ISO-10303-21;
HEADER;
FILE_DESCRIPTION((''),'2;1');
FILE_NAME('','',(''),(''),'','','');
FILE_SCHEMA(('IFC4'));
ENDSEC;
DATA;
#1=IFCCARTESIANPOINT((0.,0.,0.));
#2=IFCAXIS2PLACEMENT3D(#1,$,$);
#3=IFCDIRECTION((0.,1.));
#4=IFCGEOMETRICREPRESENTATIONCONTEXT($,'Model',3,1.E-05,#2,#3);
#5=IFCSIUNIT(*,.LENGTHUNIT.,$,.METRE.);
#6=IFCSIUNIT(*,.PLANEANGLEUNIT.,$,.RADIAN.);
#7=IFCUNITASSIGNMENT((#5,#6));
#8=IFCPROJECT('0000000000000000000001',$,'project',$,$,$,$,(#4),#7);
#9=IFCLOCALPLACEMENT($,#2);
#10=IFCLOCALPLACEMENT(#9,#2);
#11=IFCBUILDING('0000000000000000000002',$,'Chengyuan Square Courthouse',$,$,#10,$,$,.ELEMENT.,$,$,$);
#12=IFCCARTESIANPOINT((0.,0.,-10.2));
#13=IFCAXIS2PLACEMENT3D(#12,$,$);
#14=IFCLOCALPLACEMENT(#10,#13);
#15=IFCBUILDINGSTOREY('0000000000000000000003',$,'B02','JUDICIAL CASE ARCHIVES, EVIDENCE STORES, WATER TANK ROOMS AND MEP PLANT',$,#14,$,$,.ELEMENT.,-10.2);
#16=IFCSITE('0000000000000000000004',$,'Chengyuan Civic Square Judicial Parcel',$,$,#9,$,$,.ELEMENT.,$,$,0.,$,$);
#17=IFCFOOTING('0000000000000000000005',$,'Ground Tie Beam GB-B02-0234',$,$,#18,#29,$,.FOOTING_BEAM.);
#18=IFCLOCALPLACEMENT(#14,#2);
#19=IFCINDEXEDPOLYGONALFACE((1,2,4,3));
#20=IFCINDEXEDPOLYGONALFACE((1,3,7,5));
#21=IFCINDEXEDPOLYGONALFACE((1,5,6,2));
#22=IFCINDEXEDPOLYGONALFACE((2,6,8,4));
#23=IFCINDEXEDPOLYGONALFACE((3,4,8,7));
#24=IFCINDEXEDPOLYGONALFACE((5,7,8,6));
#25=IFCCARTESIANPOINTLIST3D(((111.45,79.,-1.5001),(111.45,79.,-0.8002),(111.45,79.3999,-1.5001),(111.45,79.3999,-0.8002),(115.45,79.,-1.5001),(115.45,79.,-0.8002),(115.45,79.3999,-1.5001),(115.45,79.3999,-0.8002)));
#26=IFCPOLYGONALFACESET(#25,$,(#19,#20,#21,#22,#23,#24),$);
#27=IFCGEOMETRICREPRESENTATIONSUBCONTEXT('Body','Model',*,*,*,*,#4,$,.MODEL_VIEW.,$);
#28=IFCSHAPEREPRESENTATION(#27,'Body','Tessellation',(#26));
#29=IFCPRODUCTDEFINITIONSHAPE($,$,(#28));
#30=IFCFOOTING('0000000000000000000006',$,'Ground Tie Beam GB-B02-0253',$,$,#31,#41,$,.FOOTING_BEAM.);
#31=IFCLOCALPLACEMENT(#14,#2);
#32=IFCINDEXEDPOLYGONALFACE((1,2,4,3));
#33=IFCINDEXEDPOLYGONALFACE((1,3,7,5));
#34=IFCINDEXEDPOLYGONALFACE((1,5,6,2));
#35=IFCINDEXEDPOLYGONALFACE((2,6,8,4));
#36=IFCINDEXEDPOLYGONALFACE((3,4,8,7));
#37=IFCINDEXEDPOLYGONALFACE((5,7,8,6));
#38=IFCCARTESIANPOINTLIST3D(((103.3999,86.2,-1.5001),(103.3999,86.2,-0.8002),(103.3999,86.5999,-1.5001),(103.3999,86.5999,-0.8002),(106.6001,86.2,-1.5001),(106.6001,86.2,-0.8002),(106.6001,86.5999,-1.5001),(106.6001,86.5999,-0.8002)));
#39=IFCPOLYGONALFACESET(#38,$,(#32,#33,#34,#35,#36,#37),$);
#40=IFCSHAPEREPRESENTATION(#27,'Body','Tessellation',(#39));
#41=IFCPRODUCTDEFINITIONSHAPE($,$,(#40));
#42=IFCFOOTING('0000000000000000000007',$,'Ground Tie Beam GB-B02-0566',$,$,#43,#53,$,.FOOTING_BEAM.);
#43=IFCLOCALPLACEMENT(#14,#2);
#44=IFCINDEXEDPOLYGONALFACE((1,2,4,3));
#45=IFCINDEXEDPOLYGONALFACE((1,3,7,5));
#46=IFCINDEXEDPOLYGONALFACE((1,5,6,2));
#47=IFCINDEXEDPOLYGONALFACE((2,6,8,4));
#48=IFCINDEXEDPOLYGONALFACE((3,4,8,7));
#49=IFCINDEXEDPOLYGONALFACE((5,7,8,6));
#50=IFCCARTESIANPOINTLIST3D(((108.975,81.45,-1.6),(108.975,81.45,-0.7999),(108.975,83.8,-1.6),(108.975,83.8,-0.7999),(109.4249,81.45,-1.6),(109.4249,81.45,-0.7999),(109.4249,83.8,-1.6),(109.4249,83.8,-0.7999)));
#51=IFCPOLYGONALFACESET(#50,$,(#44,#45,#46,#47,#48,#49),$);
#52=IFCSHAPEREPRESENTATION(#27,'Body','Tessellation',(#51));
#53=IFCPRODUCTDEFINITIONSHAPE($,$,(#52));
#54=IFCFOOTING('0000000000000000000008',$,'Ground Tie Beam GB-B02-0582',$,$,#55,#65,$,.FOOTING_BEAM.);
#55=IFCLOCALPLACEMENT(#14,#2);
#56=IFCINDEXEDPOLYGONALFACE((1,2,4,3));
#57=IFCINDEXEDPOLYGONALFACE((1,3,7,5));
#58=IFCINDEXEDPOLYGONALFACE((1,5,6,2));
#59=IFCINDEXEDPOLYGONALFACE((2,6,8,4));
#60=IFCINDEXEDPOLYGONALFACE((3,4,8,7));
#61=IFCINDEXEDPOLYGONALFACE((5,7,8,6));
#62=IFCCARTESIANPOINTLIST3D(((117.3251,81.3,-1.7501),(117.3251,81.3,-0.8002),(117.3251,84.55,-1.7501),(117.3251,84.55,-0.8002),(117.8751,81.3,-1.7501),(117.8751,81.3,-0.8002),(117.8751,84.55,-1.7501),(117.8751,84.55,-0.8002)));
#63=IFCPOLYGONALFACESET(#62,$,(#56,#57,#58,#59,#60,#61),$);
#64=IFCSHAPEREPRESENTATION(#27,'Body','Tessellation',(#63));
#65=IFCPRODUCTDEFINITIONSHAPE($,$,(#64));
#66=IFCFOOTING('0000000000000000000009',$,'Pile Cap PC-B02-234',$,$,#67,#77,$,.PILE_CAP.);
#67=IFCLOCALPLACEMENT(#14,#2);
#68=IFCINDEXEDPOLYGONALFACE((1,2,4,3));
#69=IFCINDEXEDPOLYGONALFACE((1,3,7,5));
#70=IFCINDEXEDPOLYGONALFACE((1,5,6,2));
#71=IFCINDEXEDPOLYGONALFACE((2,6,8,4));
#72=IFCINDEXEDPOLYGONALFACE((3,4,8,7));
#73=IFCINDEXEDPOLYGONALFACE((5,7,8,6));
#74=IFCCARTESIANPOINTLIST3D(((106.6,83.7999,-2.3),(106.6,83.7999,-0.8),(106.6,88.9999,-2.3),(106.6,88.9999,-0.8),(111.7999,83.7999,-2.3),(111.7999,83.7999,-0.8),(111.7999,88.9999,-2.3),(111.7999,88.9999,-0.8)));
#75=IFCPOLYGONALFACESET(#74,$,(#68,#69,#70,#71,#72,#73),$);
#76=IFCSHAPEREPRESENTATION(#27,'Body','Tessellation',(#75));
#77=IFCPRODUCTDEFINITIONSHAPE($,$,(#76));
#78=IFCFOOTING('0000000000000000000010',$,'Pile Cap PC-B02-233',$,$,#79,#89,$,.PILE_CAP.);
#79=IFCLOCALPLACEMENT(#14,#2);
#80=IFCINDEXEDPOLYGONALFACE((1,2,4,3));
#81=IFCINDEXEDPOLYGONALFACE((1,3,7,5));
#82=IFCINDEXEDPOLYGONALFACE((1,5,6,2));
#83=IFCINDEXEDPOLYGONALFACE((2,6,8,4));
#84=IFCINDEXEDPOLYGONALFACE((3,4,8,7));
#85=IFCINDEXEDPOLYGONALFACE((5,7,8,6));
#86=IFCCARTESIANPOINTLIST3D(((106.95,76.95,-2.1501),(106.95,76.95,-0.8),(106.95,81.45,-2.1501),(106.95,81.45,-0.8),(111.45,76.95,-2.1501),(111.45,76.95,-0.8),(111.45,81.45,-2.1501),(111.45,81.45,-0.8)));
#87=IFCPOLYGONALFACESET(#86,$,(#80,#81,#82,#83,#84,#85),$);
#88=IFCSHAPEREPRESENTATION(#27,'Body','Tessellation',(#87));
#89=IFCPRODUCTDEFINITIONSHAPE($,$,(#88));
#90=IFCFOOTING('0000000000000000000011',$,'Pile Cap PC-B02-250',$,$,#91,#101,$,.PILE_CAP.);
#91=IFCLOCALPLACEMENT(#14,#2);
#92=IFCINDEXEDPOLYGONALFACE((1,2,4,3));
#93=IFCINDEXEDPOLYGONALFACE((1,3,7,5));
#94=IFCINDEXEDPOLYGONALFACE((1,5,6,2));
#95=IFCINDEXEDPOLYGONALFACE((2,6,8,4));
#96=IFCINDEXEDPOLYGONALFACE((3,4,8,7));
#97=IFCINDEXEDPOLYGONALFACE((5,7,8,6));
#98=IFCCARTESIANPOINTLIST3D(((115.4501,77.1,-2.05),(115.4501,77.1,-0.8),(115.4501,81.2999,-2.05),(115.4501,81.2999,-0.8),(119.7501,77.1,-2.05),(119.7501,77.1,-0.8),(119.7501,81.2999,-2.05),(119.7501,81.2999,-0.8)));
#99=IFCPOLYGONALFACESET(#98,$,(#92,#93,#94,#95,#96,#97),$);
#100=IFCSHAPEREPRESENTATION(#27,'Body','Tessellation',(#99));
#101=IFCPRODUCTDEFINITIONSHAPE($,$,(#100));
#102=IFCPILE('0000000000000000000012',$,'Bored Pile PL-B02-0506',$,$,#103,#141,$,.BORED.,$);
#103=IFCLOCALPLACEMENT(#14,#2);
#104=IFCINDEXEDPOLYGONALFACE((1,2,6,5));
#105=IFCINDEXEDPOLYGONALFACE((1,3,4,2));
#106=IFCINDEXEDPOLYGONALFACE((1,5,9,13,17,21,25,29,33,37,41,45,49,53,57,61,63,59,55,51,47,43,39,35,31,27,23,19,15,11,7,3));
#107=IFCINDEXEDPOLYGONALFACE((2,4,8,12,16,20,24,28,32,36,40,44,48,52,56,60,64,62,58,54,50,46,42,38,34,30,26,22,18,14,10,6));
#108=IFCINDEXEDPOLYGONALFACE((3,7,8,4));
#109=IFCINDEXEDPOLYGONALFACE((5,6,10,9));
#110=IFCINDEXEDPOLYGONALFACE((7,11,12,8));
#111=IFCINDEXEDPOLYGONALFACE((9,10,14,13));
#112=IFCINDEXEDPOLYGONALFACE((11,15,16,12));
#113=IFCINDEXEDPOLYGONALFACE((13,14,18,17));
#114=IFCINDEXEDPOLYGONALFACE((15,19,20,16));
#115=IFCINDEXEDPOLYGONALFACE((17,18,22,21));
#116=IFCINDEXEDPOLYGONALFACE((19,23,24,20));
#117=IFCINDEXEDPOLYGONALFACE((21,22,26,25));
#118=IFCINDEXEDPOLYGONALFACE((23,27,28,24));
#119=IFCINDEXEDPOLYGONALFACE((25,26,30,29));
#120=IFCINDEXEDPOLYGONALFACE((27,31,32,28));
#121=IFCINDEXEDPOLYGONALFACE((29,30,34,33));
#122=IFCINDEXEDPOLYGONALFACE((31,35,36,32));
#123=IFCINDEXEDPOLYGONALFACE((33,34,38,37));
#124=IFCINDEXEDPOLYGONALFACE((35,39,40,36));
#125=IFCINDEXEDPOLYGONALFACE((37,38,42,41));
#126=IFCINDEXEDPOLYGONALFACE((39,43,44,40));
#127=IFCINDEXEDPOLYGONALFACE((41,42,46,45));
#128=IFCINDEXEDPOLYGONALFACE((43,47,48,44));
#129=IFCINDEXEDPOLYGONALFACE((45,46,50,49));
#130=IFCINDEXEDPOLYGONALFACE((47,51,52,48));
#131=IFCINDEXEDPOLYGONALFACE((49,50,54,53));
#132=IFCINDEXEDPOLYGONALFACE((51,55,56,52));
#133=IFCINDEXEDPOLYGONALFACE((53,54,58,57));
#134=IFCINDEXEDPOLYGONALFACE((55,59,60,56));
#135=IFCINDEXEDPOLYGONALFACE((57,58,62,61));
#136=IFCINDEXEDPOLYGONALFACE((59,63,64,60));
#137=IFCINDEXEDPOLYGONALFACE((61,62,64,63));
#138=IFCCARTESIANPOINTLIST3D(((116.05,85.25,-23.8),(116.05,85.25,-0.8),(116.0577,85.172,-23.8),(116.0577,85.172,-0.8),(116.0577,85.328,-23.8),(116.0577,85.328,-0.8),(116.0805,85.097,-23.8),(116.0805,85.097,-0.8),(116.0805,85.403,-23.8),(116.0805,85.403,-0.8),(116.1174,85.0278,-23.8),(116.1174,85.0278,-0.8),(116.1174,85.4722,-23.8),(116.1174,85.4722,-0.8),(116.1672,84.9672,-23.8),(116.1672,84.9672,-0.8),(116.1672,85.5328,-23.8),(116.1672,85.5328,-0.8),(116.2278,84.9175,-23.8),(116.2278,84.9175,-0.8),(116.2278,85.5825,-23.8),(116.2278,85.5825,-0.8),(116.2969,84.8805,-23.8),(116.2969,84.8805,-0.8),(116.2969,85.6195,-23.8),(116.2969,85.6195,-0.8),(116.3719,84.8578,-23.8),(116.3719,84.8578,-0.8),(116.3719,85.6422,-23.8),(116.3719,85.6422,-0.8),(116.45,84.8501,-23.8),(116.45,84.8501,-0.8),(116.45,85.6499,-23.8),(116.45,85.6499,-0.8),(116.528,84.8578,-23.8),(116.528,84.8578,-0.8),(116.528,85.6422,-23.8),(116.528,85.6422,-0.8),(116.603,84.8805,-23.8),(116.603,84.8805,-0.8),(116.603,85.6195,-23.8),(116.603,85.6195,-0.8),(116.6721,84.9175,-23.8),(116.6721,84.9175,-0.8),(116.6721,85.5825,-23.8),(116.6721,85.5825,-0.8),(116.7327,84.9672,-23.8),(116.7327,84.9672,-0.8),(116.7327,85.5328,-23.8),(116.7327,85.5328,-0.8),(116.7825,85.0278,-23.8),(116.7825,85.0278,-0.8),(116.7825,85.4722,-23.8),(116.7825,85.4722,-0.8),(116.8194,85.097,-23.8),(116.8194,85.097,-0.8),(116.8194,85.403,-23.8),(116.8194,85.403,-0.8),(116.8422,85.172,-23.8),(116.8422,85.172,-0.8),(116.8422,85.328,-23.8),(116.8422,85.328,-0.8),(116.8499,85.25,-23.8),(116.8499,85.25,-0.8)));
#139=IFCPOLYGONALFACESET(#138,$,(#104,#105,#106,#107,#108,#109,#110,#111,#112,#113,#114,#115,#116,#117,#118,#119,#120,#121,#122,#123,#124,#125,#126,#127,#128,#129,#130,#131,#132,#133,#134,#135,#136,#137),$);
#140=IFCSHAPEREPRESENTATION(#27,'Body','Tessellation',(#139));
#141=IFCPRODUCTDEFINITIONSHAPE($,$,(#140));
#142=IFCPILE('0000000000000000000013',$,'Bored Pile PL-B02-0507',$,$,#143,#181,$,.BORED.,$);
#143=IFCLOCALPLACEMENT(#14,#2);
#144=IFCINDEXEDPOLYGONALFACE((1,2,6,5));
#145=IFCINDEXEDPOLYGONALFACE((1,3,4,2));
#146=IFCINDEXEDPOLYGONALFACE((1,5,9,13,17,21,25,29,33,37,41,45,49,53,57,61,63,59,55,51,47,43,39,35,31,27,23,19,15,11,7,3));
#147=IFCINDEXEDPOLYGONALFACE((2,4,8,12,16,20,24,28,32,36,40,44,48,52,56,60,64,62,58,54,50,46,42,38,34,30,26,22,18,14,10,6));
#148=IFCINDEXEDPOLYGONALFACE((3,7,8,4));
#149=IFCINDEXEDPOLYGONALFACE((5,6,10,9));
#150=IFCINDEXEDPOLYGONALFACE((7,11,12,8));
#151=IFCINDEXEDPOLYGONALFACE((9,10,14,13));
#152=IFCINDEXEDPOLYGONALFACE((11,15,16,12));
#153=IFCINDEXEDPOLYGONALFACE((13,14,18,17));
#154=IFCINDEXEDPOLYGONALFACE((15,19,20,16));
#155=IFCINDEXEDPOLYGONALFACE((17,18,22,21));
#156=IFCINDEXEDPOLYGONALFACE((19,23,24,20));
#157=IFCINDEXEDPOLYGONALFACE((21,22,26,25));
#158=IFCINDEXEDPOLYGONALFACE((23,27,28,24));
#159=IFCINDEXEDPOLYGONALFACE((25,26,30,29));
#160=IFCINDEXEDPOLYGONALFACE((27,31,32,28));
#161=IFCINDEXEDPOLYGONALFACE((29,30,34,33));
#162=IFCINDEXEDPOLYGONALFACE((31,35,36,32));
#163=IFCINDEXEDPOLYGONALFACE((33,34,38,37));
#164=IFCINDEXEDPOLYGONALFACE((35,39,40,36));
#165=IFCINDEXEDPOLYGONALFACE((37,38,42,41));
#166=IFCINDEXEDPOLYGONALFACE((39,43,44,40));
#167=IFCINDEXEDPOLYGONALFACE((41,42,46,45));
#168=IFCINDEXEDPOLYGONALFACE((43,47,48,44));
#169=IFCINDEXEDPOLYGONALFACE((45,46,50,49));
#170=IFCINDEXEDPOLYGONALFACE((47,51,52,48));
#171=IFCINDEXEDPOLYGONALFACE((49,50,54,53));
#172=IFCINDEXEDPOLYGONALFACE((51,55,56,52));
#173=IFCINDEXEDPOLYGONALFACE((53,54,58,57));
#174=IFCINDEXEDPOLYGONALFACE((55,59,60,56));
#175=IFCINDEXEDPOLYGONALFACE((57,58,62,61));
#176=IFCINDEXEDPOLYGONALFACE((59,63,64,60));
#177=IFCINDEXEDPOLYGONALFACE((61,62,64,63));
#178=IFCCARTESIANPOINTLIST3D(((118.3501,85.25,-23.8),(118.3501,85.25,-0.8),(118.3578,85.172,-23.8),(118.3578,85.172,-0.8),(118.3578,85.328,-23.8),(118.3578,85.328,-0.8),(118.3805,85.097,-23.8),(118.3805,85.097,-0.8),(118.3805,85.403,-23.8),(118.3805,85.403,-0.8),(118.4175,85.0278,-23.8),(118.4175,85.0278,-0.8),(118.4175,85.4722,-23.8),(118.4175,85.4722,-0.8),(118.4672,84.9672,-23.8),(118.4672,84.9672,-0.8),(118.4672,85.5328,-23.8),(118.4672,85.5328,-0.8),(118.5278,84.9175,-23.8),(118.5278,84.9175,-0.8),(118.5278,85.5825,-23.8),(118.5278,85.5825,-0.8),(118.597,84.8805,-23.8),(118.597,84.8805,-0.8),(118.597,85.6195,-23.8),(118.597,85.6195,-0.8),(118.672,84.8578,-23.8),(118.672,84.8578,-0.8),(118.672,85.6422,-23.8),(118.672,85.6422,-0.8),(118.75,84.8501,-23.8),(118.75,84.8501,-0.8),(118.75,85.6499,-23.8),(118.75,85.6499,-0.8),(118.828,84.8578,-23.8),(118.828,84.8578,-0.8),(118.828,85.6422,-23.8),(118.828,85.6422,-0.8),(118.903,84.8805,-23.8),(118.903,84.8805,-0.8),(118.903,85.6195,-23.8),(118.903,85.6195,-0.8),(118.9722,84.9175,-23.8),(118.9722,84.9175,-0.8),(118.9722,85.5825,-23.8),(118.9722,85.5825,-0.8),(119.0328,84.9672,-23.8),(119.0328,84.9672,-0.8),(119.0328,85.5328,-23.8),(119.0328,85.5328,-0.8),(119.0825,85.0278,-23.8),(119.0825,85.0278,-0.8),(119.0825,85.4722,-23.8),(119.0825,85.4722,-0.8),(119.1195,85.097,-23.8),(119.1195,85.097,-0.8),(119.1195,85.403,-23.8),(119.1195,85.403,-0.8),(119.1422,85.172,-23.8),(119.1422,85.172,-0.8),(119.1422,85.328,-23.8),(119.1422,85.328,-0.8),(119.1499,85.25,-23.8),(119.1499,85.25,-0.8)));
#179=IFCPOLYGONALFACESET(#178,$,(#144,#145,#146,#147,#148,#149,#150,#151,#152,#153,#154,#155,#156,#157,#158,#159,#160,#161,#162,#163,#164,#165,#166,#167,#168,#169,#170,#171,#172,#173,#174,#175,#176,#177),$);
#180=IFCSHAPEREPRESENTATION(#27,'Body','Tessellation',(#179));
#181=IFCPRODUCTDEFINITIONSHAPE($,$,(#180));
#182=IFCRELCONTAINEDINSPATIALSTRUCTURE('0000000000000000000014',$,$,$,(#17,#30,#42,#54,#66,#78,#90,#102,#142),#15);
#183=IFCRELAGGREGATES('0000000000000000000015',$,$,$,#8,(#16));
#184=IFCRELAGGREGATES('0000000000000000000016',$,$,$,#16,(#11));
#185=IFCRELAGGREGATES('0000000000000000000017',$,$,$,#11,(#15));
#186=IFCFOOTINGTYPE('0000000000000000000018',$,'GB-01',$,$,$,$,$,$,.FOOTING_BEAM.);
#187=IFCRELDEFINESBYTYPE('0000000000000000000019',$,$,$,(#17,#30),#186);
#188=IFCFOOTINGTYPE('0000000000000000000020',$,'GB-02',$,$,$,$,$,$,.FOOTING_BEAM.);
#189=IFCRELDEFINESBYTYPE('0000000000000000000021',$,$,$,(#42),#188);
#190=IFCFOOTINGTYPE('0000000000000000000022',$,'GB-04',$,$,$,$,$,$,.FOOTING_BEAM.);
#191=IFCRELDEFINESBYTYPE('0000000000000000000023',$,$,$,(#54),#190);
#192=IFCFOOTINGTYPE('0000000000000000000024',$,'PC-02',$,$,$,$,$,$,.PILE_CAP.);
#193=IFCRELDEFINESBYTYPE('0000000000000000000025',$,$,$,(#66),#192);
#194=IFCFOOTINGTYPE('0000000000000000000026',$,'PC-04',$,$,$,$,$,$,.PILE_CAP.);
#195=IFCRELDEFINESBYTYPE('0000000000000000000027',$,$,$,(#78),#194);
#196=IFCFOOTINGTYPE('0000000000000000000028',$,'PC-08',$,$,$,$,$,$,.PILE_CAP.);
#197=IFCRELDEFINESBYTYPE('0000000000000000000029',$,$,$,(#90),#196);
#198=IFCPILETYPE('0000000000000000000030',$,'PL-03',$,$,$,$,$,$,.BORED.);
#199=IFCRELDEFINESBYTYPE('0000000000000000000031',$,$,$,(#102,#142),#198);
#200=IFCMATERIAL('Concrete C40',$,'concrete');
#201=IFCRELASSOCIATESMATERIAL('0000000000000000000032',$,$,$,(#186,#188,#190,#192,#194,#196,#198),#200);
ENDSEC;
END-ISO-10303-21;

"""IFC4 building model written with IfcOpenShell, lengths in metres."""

from ifc_helpers import new_model, si_unit, direction, frame, origin, origin_2d, place, context, subcontext, project, spatial, rectangle, circle, extrude, material, material_profile, profile_set, type_object, element, save


model = new_model("IFC4")

# Units and contexts
model_context = context("Model", 3, precision=1e-05, world=origin(), true_north=direction((0.0, 1.0)))
body_context = subcontext(model_context, "Body", "Model", "MODEL_VIEW")
ifc_project = project(units=[si_unit("LENGTHUNIT", "METRE"), si_unit("PLANEANGLEUNIT", "RADIAN")], contexts=[model_context])

# Site, building, storey
site_placement = place(None, origin())
site = spatial("IfcSite", under=ifc_project, at=site_placement, Name="Chengyuan Civic Square Judicial Parcel", CompositionType="ELEMENT", RefElevation=0.0)
building_placement = place(site_placement, origin())
building = spatial("IfcBuilding", under=site, at=building_placement, Name="Chengyuan Square Courthouse", CompositionType="ELEMENT")
storey_placement = place(building_placement, frame((0.0, 0.0, -10.2)))
storey = spatial("IfcBuildingStorey", under=building, at=storey_placement, Name="B02", Description="JUDICIAL CASE ARCHIVES, EVIDENCE STORES, WATER TANK ROOMS AND MEP PLANT", CompositionType="ELEMENT", Elevation=-10.2)

# Footings
ifc_material_1 = material(Name="Concrete C40", Category="concrete")
ifc_material_profile_1 = material_profile(ifc_material_1, rectangle(XDim=0.3999, YDim=0.7, at=origin_2d()), Name="GB-400x700")
ifc_profile_set_1 = profile_set([ifc_material_profile_1], Name="Concrete C40")
footing_type_1 = type_object("IfcFootingType", Name="GB-01", PredefinedType="FOOTING_BEAM", material=ifc_profile_set_1)
footing_1_placement = place(storey_placement, frame((111.45, 79.2, -1.1501), z_axis=(1.0, 0.0, 0.0), x_axis=(0.0, 1.0, 0.0)))
element("IfcFooting", 1, at=footing_1_placement, inside=storey, type_object=footing_type_1, Name="Ground Tie Beam GB-B02-0234", PredefinedType="FOOTING_BEAM", context=body_context, shape_type="SweptSolid", body=[
    extrude(rectangle(XDim=0.3999, YDim=0.7, at=origin_2d()), origin(), (0.0, 0.0, 1.0), 4.0),
])
footing_2_placement = place(storey_placement, frame((103.3999, 86.3999, -1.1501), z_axis=(1.0, 0.0, 0.0), x_axis=(0.0, 1.0, 0.0)))
element("IfcFooting", 2, at=footing_2_placement, inside=storey, type_object=footing_type_1, Name="Ground Tie Beam GB-B02-0253", PredefinedType="FOOTING_BEAM", context=body_context, shape_type="SweptSolid", body=[
    extrude(rectangle(XDim=0.3999, YDim=0.7, at=origin_2d()), origin(), (0.0, 0.0, 1.0), 3.2002),
])
ifc_material_profile_2 = material_profile(ifc_material_1, rectangle(XDim=0.45, YDim=0.8, at=origin_2d()), Name="GB-450x800")
ifc_profile_set_2 = profile_set([ifc_material_profile_2], Name="Concrete C40")
footing_type_2 = type_object("IfcFootingType", Name="GB-02", PredefinedType="FOOTING_BEAM", material=ifc_profile_set_2)
footing_3_placement = place(storey_placement, frame((109.2, 81.45, -1.2), z_axis=(0.0, 1.0, 0.0), x_axis=(-1.0, 0.0, 0.0)))
element("IfcFooting", 3, at=footing_3_placement, inside=storey, type_object=footing_type_2, Name="Ground Tie Beam GB-B02-0566", PredefinedType="FOOTING_BEAM", context=body_context, shape_type="SweptSolid", body=[
    extrude(rectangle(XDim=0.45, YDim=0.8, at=origin_2d()), origin(), (0.0, 0.0, 1.0), 2.3501),
])
ifc_material_profile_3 = material_profile(ifc_material_1, rectangle(XDim=0.55, YDim=0.95, at=origin_2d()), Name="GB-550x950")
ifc_profile_set_3 = profile_set([ifc_material_profile_3], Name="Concrete C40")
footing_type_3 = type_object("IfcFootingType", Name="GB-04", PredefinedType="FOOTING_BEAM", material=ifc_profile_set_3)
footing_4_placement = place(storey_placement, frame((117.6001, 81.3, -1.2751), z_axis=(0.0, 1.0, 0.0), x_axis=(-1.0, 0.0, 0.0)))
element("IfcFooting", 4, at=footing_4_placement, inside=storey, type_object=footing_type_3, Name="Ground Tie Beam GB-B02-0582", PredefinedType="FOOTING_BEAM", context=body_context, shape_type="SweptSolid", body=[
    extrude(rectangle(XDim=0.55, YDim=0.95, at=origin_2d()), origin(), (0.0, 0.0, 1.0), 3.25),
])
footing_type_4 = type_object("IfcFootingType", Name="PC-02", PredefinedType="PILE_CAP", material=ifc_material_1)
footing_5_placement = place(storey_placement, frame((109.2, 86.3999, -2.3), z_axis=(0.0, 0.0, 1.0), x_axis=(1.0, 0.0, 0.0)))
element("IfcFooting", 5, at=footing_5_placement, inside=storey, type_object=footing_type_4, Name="Pile Cap PC-B02-234", PredefinedType="PILE_CAP", context=body_context, shape_type="SweptSolid", body=[
    extrude(rectangle(XDim=5.2, YDim=5.2, at=origin_2d()), origin(), (0.0, 0.0, 1.0), 1.5),
])
footing_type_5 = type_object("IfcFootingType", Name="PC-04", PredefinedType="PILE_CAP", material=ifc_material_1)
footing_6_placement = place(storey_placement, frame((109.2, 79.2, -2.1501), z_axis=(0.0, 0.0, 1.0), x_axis=(1.0, 0.0, 0.0)))
element("IfcFooting", 6, at=footing_6_placement, inside=storey, type_object=footing_type_5, Name="Pile Cap PC-B02-233", PredefinedType="PILE_CAP", context=body_context, shape_type="SweptSolid", body=[
    extrude(rectangle(XDim=4.5, YDim=4.5, at=origin_2d()), origin(), (0.0, 0.0, 1.0), 1.3501),
])
footing_type_6 = type_object("IfcFootingType", Name="PC-08", PredefinedType="PILE_CAP", material=ifc_material_1)
footing_7_placement = place(storey_placement, frame((117.6001, 79.2, -2.05), z_axis=(0.0, 0.0, 1.0), x_axis=(1.0, 0.0, 0.0)))
element("IfcFooting", 7, at=footing_7_placement, inside=storey, type_object=footing_type_6, Name="Pile Cap PC-B02-250", PredefinedType="PILE_CAP", context=body_context, shape_type="SweptSolid", body=[
    extrude(rectangle(XDim=4.3, YDim=4.2, at=origin_2d()), origin(), (0.0, 0.0, 1.0), 1.25),
])

# Piles
ifc_material_profile_4 = material_profile(ifc_material_1, circle(Radius=0.3999, at=origin_2d()), Name="BORED PILE D800")
ifc_profile_set_4 = profile_set([ifc_material_profile_4], Name="Concrete C40")
pile_type_1 = type_object("IfcPileType", Name="PL-03", PredefinedType="BORED", material=ifc_profile_set_4)
for number, where, z_axis, x_axis, name in (
    (8, (116.45, 85.25, -0.8), (0.0, 0.0, -1.0), (1.0, 0.0, 0.0), "Bored Pile PL-B02-0506"),
    (9, (118.75, 85.25, -0.8), (0.0, 0.0, -1.0), (1.0, 0.0, 0.0), "Bored Pile PL-B02-0507"),
):
    element("IfcPile", number, at=place(storey_placement, frame(where, z_axis=z_axis, x_axis=x_axis)), inside=storey, type_object=pile_type_1, Name=name, PredefinedType="BORED", context=body_context, shape_type="SweptSolid", body=[
        extrude(circle(Radius=0.3999, at=origin_2d()), origin(), (0.0, 0.0, 1.0), 23.0),
    ])

save(model, "model.ifc")
